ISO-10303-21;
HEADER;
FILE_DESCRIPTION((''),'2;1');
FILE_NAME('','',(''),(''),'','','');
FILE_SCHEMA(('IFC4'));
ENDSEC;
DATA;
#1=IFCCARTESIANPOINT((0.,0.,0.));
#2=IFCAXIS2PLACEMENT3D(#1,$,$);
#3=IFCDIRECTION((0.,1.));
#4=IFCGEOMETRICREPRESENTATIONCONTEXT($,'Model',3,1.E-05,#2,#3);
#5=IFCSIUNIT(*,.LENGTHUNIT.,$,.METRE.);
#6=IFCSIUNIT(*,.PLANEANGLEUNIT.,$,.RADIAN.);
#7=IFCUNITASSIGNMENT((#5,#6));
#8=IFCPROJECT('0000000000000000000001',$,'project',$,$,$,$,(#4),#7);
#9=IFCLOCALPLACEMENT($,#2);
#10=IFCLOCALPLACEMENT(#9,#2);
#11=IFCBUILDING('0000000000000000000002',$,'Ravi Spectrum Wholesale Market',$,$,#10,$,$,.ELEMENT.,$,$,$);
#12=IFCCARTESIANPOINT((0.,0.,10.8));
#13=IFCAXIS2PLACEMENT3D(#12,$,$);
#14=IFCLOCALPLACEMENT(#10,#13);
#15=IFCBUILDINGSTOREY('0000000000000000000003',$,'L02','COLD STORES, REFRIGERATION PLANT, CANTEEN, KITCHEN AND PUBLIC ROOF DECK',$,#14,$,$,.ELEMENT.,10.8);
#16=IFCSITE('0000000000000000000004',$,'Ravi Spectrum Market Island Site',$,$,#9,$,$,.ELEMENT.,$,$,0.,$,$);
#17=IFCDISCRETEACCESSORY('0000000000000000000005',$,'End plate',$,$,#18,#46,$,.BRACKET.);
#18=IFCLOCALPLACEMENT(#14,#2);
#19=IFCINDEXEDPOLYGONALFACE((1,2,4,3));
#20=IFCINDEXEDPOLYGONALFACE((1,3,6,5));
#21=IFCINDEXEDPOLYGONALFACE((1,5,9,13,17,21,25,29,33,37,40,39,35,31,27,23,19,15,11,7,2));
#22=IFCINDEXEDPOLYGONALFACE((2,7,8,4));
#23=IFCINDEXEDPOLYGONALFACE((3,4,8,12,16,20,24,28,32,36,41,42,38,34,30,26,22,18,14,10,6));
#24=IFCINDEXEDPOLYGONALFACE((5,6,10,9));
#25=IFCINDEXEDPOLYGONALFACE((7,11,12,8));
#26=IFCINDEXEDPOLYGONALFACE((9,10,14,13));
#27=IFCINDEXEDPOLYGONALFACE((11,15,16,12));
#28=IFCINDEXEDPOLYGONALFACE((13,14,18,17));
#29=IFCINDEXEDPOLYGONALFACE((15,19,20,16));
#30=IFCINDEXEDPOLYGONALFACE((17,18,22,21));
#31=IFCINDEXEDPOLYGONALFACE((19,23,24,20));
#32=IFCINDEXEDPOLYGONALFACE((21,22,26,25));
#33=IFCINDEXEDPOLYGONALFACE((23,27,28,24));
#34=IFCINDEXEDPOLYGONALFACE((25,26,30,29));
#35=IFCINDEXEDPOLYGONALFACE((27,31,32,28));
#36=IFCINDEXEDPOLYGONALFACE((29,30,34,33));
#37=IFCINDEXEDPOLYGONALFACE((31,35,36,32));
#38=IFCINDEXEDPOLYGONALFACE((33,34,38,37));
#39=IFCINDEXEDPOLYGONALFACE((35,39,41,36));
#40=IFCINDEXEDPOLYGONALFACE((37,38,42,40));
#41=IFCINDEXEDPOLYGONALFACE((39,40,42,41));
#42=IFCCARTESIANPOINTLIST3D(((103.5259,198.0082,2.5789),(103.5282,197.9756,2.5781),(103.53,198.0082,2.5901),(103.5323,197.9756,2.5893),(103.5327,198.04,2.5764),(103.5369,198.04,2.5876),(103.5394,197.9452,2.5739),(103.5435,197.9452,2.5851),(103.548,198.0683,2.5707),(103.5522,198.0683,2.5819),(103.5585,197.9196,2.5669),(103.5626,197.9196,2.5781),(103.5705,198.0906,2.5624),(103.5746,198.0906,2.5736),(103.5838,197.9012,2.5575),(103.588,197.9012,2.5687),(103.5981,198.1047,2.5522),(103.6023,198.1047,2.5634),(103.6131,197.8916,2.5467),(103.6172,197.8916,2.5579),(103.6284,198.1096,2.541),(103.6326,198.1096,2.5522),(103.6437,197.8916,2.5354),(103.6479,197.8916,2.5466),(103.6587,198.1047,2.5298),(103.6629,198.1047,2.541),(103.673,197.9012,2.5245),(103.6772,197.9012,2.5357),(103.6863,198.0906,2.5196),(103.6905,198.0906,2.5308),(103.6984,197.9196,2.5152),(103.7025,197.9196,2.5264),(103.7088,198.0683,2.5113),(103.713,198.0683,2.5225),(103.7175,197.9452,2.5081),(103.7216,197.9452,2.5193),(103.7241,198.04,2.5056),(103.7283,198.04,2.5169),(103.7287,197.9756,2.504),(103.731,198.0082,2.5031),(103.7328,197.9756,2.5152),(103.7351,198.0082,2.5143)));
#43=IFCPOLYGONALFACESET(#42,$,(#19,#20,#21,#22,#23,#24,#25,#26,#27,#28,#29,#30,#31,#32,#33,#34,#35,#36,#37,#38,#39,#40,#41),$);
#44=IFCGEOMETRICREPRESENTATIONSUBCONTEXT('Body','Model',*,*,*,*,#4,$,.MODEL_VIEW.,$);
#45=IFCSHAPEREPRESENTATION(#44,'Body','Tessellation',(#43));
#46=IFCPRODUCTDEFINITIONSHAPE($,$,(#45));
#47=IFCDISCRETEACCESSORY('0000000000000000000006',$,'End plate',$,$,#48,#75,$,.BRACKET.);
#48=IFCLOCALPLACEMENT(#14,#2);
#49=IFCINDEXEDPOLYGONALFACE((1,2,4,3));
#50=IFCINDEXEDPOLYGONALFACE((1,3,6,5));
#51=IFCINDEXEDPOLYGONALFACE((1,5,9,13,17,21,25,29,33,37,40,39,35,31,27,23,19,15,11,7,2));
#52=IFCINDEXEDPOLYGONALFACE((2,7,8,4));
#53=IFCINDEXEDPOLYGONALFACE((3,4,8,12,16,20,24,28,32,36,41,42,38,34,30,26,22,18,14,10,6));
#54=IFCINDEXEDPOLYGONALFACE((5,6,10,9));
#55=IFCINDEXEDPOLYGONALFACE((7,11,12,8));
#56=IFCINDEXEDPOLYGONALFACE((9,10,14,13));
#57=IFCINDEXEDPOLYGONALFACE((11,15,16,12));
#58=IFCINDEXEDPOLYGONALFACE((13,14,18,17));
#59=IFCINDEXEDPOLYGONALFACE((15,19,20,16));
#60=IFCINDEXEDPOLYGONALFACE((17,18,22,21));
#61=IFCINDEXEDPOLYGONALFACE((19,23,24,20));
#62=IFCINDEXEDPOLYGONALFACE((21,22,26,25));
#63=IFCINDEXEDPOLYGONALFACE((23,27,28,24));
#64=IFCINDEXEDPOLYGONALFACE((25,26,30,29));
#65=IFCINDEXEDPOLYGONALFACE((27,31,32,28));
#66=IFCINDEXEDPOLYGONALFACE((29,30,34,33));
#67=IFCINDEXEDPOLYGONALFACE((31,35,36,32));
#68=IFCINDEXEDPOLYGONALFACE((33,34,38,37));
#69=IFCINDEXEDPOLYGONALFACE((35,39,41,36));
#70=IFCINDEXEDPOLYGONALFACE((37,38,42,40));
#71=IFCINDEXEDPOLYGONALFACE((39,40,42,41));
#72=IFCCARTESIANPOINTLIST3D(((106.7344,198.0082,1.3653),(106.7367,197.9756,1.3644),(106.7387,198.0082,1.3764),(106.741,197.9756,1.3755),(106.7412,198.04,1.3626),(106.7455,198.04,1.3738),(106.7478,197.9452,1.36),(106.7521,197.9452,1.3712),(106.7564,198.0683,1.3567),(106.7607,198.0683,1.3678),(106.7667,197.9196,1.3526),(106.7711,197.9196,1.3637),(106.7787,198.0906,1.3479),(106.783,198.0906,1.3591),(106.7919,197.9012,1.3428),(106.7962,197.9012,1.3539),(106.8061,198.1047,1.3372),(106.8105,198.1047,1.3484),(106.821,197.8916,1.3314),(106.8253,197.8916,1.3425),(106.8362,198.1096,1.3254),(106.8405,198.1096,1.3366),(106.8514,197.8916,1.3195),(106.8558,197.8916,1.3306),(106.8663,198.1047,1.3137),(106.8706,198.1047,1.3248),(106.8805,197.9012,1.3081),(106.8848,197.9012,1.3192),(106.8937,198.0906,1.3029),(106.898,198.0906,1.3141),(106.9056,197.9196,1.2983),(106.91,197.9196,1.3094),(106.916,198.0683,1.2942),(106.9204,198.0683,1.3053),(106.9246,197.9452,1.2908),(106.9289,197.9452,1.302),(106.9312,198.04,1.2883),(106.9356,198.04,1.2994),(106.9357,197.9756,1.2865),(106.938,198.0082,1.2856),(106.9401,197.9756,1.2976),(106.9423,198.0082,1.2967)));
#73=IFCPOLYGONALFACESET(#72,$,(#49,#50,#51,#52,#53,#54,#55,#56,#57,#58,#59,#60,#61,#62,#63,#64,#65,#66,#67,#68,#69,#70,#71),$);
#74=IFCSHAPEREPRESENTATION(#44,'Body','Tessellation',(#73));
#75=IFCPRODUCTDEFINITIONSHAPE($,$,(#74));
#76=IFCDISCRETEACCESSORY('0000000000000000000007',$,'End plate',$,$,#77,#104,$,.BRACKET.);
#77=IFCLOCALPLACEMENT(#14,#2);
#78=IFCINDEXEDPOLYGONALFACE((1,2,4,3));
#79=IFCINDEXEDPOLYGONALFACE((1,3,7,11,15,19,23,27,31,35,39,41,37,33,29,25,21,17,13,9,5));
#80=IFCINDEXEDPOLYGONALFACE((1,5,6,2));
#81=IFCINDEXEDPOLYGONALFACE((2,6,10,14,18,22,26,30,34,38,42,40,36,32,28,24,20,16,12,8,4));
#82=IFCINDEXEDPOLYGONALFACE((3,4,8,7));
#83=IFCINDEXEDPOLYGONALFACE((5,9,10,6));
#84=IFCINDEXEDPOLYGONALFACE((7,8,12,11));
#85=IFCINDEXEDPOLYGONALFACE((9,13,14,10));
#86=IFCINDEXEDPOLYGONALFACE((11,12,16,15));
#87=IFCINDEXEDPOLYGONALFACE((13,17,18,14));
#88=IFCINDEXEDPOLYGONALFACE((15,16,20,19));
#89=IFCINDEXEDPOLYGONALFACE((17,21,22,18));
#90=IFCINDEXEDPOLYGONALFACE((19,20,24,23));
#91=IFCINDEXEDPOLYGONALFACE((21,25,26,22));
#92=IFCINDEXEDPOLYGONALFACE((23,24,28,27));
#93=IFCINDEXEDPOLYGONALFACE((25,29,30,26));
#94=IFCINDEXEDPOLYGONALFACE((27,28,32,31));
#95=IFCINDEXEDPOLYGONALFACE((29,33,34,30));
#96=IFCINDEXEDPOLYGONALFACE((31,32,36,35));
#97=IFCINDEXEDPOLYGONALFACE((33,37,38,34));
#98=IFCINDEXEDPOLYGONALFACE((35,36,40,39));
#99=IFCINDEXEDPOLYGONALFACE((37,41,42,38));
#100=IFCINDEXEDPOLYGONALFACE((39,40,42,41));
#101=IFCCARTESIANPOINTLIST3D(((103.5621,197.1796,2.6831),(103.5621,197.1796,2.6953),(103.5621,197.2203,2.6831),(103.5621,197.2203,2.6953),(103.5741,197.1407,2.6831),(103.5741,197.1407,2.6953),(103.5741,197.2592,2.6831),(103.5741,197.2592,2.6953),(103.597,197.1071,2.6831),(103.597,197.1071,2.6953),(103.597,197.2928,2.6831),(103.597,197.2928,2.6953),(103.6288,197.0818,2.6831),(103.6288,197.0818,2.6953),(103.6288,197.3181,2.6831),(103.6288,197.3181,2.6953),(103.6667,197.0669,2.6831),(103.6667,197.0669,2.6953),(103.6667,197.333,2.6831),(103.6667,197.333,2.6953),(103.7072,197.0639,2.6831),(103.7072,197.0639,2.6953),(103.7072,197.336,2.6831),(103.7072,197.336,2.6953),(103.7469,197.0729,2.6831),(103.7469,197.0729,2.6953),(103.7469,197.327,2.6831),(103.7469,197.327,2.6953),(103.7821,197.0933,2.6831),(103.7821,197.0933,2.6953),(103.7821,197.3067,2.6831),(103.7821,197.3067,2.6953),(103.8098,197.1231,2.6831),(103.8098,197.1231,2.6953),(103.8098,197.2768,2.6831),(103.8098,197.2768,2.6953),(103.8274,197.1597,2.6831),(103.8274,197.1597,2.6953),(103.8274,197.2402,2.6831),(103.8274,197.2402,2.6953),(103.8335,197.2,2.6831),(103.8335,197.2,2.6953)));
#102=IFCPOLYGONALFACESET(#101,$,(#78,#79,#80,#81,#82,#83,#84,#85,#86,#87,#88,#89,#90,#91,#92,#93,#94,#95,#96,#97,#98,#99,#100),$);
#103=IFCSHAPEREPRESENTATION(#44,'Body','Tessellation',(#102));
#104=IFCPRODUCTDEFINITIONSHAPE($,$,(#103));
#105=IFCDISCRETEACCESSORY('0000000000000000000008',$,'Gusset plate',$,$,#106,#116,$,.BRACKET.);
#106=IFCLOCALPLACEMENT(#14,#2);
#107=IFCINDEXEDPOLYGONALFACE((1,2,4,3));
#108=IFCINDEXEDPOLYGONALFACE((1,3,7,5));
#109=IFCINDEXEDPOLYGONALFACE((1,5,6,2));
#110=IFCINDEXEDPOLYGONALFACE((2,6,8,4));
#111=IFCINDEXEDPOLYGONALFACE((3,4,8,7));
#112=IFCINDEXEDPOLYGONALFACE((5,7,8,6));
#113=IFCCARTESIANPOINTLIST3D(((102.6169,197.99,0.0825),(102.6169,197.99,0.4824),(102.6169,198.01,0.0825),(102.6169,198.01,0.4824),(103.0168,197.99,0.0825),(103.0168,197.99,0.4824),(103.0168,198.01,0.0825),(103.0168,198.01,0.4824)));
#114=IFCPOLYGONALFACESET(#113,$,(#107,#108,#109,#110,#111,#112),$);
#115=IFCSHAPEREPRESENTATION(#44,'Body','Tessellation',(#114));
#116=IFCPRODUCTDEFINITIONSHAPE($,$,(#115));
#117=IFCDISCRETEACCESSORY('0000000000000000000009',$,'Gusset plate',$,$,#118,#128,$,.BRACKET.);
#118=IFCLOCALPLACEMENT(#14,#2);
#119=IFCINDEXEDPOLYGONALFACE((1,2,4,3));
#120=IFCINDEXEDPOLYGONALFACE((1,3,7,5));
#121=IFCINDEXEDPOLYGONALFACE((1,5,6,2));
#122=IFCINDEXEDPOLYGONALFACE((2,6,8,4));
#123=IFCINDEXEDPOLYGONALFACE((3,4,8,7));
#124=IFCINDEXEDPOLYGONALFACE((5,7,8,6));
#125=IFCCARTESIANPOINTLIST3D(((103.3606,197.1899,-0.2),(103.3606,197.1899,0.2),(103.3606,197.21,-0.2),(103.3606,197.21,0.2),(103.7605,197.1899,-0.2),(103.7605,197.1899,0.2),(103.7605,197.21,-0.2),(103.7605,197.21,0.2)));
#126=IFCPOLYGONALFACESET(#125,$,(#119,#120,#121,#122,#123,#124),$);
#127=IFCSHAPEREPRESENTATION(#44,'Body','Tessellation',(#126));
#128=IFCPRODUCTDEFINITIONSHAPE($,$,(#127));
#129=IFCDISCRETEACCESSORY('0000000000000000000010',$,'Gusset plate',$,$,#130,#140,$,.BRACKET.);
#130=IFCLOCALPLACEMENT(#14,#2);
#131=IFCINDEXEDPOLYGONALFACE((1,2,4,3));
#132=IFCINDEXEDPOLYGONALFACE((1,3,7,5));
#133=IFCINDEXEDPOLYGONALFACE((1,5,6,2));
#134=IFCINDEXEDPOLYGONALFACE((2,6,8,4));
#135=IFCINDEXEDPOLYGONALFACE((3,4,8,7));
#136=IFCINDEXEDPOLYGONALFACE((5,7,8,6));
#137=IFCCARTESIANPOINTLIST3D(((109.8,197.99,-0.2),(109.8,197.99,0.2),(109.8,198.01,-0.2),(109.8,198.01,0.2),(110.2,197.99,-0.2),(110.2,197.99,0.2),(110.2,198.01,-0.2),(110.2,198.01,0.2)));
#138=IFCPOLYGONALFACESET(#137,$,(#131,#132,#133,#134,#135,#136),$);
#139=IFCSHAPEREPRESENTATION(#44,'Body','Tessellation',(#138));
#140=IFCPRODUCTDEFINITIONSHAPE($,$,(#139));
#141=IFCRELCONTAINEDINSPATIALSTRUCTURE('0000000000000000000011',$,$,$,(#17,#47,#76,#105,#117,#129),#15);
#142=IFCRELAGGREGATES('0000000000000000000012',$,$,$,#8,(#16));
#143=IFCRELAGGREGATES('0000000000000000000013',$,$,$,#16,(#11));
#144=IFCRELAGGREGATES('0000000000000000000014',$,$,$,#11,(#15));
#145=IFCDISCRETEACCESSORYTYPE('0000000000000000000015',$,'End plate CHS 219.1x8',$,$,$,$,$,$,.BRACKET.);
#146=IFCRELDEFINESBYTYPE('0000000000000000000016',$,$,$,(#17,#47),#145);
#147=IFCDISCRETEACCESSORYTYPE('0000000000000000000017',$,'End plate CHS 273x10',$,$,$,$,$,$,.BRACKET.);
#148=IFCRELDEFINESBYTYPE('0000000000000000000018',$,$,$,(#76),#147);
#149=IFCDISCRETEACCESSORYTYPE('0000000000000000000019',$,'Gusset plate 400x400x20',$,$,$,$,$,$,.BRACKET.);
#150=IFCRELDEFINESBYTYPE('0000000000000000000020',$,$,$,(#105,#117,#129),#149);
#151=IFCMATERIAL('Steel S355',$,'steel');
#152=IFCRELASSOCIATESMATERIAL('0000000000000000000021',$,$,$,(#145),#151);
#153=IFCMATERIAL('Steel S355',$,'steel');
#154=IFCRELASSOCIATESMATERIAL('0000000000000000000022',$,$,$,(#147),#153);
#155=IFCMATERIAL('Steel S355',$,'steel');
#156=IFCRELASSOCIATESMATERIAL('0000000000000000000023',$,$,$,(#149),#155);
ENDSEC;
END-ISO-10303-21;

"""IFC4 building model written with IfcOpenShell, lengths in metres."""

from ifc_helpers import new_model, si_unit, direction, frame, origin, origin_2d, place, context, subcontext, project, spatial, rectangle, circle, extrude, material, material_profile, profile_set, type_object, element, save


model = new_model("IFC4")

# Units and contexts
model_context = context("Model", 3, precision=1e-05, world=origin(), true_north=direction((0.0, 1.0)))
body_context = subcontext(model_context, "Body", "Model", "MODEL_VIEW")
ifc_project = project(units=[si_unit("LENGTHUNIT", "METRE"), si_unit("PLANEANGLEUNIT", "RADIAN")], contexts=[model_context])

# Site, building, storey
site_placement = place(None, origin())
site = spatial("IfcSite", under=ifc_project, at=site_placement, Name="Ravi Spectrum Market Island Site", CompositionType="ELEMENT", RefElevation=0.0)
building_placement = place(site_placement, origin())
building = spatial("IfcBuilding", under=site, at=building_placement, Name="Ravi Spectrum Wholesale Market", CompositionType="ELEMENT")
storey_placement = place(building_placement, frame((0.0, 0.0, 10.8)))
storey = spatial("IfcBuildingStorey", under=building, at=storey_placement, Name="L02", Description="COLD STORES, REFRIGERATION PLANT, CANTEEN, KITCHEN AND PUBLIC ROOF DECK", CompositionType="ELEMENT", Elevation=10.8)

# Discrete accessories
ifc_material_1 = material(Name="Steel S355", Category="steel")
ifc_material_profile_1 = material_profile(ifc_material_1, circle(Radius=0.1096, at=origin_2d()))
ifc_profile_set_1 = profile_set([ifc_material_profile_1], Name="Steel S355")
discrete_accessory_type_1 = type_object("IfcDiscreteAccessoryType", Name="End plate CHS 219.1x8", PredefinedType="BRACKET", material=ifc_profile_set_1)
for number, where, z_axis, x_axis, name in (
    (1, (103.6284, 198.0, 2.541), (0.34665, 0.0, 0.937994), (0.0, 1.0, 0.0), "End plate"),
    (2, (106.8362, 198.0, 1.3254), (0.364399, 0.0, 0.931243), (0.0, 1.0, 0.0), "End plate"),
):
    element("IfcDiscreteAccessory", number, at=place(storey_placement, frame(where, z_axis=z_axis, x_axis=x_axis)), inside=storey, type_object=discrete_accessory_type_1, Name=name, PredefinedType="BRACKET", context=body_context, shape_type="SweptSolid", body=[
        extrude(circle(Radius=0.1096, at=origin_2d()), origin(), (0.0, 0.0, 1.0), 0.012),
    ])
ifc_material_2 = material(Name="Steel S355", Category="steel")
ifc_material_profile_2 = material_profile(ifc_material_2, circle(Radius=0.1365, at=origin_2d()))
ifc_profile_set_2 = profile_set([ifc_material_profile_2], Name="Steel S355")
discrete_accessory_type_2 = type_object("IfcDiscreteAccessoryType", Name="End plate CHS 273x10", PredefinedType="BRACKET", material=ifc_profile_set_2)
discrete_accessory_placement = place(storey_placement, frame((103.697, 197.2, 2.6831), z_axis=(0.0, 0.0, 1.0), x_axis=(1.0, 0.0, 0.0)))
element("IfcDiscreteAccessory", 3, at=discrete_accessory_placement, inside=storey, type_object=discrete_accessory_type_2, Name="End plate", PredefinedType="BRACKET", context=body_context, shape_type="SweptSolid", body=[
    extrude(circle(Radius=0.1365, at=origin_2d()), origin(), (0.0, 0.0, 1.0), 0.0122),
])
ifc_material_3 = material(Name="Steel S355", Category="steel")
ifc_material_profile_3 = material_profile(ifc_material_3, rectangle(XDim=0.3999, YDim=0.02, at=origin_2d()))
ifc_profile_set_3 = profile_set([ifc_material_profile_3], Name="Steel S355")
discrete_accessory_type_3 = type_object("IfcDiscreteAccessoryType", Name="Gusset plate 400x400x20", PredefinedType="BRACKET", material=ifc_profile_set_3)
for number, where, z_axis, x_axis, name in (
    (4, (102.8169, 198.0, 0.0825), (0.0, 0.0, 1.0), (-1.0, 0.0, 0.0), "Gusset plate"),
    (5, (103.5605, 197.2, -0.2), (0.0, 0.0, 1.0), (1.0, 0.0, 0.0), "Gusset plate"),
    (6, (110.0, 198.0, -0.2), (0.0, 0.0, 1.0), (1.0, 0.0, 0.0), "Gusset plate"),
):
    element("IfcDiscreteAccessory", number, at=place(storey_placement, frame(where, z_axis=z_axis, x_axis=x_axis)), inside=storey, type_object=discrete_accessory_type_3, Name=name, PredefinedType="BRACKET", context=body_context, shape_type="SweptSolid", body=[
        extrude(rectangle(XDim=0.3999, YDim=0.02, at=origin_2d()), origin(), (0.0, 0.0, 1.0), 0.3999),
    ])

save(model, "model.ifc")
